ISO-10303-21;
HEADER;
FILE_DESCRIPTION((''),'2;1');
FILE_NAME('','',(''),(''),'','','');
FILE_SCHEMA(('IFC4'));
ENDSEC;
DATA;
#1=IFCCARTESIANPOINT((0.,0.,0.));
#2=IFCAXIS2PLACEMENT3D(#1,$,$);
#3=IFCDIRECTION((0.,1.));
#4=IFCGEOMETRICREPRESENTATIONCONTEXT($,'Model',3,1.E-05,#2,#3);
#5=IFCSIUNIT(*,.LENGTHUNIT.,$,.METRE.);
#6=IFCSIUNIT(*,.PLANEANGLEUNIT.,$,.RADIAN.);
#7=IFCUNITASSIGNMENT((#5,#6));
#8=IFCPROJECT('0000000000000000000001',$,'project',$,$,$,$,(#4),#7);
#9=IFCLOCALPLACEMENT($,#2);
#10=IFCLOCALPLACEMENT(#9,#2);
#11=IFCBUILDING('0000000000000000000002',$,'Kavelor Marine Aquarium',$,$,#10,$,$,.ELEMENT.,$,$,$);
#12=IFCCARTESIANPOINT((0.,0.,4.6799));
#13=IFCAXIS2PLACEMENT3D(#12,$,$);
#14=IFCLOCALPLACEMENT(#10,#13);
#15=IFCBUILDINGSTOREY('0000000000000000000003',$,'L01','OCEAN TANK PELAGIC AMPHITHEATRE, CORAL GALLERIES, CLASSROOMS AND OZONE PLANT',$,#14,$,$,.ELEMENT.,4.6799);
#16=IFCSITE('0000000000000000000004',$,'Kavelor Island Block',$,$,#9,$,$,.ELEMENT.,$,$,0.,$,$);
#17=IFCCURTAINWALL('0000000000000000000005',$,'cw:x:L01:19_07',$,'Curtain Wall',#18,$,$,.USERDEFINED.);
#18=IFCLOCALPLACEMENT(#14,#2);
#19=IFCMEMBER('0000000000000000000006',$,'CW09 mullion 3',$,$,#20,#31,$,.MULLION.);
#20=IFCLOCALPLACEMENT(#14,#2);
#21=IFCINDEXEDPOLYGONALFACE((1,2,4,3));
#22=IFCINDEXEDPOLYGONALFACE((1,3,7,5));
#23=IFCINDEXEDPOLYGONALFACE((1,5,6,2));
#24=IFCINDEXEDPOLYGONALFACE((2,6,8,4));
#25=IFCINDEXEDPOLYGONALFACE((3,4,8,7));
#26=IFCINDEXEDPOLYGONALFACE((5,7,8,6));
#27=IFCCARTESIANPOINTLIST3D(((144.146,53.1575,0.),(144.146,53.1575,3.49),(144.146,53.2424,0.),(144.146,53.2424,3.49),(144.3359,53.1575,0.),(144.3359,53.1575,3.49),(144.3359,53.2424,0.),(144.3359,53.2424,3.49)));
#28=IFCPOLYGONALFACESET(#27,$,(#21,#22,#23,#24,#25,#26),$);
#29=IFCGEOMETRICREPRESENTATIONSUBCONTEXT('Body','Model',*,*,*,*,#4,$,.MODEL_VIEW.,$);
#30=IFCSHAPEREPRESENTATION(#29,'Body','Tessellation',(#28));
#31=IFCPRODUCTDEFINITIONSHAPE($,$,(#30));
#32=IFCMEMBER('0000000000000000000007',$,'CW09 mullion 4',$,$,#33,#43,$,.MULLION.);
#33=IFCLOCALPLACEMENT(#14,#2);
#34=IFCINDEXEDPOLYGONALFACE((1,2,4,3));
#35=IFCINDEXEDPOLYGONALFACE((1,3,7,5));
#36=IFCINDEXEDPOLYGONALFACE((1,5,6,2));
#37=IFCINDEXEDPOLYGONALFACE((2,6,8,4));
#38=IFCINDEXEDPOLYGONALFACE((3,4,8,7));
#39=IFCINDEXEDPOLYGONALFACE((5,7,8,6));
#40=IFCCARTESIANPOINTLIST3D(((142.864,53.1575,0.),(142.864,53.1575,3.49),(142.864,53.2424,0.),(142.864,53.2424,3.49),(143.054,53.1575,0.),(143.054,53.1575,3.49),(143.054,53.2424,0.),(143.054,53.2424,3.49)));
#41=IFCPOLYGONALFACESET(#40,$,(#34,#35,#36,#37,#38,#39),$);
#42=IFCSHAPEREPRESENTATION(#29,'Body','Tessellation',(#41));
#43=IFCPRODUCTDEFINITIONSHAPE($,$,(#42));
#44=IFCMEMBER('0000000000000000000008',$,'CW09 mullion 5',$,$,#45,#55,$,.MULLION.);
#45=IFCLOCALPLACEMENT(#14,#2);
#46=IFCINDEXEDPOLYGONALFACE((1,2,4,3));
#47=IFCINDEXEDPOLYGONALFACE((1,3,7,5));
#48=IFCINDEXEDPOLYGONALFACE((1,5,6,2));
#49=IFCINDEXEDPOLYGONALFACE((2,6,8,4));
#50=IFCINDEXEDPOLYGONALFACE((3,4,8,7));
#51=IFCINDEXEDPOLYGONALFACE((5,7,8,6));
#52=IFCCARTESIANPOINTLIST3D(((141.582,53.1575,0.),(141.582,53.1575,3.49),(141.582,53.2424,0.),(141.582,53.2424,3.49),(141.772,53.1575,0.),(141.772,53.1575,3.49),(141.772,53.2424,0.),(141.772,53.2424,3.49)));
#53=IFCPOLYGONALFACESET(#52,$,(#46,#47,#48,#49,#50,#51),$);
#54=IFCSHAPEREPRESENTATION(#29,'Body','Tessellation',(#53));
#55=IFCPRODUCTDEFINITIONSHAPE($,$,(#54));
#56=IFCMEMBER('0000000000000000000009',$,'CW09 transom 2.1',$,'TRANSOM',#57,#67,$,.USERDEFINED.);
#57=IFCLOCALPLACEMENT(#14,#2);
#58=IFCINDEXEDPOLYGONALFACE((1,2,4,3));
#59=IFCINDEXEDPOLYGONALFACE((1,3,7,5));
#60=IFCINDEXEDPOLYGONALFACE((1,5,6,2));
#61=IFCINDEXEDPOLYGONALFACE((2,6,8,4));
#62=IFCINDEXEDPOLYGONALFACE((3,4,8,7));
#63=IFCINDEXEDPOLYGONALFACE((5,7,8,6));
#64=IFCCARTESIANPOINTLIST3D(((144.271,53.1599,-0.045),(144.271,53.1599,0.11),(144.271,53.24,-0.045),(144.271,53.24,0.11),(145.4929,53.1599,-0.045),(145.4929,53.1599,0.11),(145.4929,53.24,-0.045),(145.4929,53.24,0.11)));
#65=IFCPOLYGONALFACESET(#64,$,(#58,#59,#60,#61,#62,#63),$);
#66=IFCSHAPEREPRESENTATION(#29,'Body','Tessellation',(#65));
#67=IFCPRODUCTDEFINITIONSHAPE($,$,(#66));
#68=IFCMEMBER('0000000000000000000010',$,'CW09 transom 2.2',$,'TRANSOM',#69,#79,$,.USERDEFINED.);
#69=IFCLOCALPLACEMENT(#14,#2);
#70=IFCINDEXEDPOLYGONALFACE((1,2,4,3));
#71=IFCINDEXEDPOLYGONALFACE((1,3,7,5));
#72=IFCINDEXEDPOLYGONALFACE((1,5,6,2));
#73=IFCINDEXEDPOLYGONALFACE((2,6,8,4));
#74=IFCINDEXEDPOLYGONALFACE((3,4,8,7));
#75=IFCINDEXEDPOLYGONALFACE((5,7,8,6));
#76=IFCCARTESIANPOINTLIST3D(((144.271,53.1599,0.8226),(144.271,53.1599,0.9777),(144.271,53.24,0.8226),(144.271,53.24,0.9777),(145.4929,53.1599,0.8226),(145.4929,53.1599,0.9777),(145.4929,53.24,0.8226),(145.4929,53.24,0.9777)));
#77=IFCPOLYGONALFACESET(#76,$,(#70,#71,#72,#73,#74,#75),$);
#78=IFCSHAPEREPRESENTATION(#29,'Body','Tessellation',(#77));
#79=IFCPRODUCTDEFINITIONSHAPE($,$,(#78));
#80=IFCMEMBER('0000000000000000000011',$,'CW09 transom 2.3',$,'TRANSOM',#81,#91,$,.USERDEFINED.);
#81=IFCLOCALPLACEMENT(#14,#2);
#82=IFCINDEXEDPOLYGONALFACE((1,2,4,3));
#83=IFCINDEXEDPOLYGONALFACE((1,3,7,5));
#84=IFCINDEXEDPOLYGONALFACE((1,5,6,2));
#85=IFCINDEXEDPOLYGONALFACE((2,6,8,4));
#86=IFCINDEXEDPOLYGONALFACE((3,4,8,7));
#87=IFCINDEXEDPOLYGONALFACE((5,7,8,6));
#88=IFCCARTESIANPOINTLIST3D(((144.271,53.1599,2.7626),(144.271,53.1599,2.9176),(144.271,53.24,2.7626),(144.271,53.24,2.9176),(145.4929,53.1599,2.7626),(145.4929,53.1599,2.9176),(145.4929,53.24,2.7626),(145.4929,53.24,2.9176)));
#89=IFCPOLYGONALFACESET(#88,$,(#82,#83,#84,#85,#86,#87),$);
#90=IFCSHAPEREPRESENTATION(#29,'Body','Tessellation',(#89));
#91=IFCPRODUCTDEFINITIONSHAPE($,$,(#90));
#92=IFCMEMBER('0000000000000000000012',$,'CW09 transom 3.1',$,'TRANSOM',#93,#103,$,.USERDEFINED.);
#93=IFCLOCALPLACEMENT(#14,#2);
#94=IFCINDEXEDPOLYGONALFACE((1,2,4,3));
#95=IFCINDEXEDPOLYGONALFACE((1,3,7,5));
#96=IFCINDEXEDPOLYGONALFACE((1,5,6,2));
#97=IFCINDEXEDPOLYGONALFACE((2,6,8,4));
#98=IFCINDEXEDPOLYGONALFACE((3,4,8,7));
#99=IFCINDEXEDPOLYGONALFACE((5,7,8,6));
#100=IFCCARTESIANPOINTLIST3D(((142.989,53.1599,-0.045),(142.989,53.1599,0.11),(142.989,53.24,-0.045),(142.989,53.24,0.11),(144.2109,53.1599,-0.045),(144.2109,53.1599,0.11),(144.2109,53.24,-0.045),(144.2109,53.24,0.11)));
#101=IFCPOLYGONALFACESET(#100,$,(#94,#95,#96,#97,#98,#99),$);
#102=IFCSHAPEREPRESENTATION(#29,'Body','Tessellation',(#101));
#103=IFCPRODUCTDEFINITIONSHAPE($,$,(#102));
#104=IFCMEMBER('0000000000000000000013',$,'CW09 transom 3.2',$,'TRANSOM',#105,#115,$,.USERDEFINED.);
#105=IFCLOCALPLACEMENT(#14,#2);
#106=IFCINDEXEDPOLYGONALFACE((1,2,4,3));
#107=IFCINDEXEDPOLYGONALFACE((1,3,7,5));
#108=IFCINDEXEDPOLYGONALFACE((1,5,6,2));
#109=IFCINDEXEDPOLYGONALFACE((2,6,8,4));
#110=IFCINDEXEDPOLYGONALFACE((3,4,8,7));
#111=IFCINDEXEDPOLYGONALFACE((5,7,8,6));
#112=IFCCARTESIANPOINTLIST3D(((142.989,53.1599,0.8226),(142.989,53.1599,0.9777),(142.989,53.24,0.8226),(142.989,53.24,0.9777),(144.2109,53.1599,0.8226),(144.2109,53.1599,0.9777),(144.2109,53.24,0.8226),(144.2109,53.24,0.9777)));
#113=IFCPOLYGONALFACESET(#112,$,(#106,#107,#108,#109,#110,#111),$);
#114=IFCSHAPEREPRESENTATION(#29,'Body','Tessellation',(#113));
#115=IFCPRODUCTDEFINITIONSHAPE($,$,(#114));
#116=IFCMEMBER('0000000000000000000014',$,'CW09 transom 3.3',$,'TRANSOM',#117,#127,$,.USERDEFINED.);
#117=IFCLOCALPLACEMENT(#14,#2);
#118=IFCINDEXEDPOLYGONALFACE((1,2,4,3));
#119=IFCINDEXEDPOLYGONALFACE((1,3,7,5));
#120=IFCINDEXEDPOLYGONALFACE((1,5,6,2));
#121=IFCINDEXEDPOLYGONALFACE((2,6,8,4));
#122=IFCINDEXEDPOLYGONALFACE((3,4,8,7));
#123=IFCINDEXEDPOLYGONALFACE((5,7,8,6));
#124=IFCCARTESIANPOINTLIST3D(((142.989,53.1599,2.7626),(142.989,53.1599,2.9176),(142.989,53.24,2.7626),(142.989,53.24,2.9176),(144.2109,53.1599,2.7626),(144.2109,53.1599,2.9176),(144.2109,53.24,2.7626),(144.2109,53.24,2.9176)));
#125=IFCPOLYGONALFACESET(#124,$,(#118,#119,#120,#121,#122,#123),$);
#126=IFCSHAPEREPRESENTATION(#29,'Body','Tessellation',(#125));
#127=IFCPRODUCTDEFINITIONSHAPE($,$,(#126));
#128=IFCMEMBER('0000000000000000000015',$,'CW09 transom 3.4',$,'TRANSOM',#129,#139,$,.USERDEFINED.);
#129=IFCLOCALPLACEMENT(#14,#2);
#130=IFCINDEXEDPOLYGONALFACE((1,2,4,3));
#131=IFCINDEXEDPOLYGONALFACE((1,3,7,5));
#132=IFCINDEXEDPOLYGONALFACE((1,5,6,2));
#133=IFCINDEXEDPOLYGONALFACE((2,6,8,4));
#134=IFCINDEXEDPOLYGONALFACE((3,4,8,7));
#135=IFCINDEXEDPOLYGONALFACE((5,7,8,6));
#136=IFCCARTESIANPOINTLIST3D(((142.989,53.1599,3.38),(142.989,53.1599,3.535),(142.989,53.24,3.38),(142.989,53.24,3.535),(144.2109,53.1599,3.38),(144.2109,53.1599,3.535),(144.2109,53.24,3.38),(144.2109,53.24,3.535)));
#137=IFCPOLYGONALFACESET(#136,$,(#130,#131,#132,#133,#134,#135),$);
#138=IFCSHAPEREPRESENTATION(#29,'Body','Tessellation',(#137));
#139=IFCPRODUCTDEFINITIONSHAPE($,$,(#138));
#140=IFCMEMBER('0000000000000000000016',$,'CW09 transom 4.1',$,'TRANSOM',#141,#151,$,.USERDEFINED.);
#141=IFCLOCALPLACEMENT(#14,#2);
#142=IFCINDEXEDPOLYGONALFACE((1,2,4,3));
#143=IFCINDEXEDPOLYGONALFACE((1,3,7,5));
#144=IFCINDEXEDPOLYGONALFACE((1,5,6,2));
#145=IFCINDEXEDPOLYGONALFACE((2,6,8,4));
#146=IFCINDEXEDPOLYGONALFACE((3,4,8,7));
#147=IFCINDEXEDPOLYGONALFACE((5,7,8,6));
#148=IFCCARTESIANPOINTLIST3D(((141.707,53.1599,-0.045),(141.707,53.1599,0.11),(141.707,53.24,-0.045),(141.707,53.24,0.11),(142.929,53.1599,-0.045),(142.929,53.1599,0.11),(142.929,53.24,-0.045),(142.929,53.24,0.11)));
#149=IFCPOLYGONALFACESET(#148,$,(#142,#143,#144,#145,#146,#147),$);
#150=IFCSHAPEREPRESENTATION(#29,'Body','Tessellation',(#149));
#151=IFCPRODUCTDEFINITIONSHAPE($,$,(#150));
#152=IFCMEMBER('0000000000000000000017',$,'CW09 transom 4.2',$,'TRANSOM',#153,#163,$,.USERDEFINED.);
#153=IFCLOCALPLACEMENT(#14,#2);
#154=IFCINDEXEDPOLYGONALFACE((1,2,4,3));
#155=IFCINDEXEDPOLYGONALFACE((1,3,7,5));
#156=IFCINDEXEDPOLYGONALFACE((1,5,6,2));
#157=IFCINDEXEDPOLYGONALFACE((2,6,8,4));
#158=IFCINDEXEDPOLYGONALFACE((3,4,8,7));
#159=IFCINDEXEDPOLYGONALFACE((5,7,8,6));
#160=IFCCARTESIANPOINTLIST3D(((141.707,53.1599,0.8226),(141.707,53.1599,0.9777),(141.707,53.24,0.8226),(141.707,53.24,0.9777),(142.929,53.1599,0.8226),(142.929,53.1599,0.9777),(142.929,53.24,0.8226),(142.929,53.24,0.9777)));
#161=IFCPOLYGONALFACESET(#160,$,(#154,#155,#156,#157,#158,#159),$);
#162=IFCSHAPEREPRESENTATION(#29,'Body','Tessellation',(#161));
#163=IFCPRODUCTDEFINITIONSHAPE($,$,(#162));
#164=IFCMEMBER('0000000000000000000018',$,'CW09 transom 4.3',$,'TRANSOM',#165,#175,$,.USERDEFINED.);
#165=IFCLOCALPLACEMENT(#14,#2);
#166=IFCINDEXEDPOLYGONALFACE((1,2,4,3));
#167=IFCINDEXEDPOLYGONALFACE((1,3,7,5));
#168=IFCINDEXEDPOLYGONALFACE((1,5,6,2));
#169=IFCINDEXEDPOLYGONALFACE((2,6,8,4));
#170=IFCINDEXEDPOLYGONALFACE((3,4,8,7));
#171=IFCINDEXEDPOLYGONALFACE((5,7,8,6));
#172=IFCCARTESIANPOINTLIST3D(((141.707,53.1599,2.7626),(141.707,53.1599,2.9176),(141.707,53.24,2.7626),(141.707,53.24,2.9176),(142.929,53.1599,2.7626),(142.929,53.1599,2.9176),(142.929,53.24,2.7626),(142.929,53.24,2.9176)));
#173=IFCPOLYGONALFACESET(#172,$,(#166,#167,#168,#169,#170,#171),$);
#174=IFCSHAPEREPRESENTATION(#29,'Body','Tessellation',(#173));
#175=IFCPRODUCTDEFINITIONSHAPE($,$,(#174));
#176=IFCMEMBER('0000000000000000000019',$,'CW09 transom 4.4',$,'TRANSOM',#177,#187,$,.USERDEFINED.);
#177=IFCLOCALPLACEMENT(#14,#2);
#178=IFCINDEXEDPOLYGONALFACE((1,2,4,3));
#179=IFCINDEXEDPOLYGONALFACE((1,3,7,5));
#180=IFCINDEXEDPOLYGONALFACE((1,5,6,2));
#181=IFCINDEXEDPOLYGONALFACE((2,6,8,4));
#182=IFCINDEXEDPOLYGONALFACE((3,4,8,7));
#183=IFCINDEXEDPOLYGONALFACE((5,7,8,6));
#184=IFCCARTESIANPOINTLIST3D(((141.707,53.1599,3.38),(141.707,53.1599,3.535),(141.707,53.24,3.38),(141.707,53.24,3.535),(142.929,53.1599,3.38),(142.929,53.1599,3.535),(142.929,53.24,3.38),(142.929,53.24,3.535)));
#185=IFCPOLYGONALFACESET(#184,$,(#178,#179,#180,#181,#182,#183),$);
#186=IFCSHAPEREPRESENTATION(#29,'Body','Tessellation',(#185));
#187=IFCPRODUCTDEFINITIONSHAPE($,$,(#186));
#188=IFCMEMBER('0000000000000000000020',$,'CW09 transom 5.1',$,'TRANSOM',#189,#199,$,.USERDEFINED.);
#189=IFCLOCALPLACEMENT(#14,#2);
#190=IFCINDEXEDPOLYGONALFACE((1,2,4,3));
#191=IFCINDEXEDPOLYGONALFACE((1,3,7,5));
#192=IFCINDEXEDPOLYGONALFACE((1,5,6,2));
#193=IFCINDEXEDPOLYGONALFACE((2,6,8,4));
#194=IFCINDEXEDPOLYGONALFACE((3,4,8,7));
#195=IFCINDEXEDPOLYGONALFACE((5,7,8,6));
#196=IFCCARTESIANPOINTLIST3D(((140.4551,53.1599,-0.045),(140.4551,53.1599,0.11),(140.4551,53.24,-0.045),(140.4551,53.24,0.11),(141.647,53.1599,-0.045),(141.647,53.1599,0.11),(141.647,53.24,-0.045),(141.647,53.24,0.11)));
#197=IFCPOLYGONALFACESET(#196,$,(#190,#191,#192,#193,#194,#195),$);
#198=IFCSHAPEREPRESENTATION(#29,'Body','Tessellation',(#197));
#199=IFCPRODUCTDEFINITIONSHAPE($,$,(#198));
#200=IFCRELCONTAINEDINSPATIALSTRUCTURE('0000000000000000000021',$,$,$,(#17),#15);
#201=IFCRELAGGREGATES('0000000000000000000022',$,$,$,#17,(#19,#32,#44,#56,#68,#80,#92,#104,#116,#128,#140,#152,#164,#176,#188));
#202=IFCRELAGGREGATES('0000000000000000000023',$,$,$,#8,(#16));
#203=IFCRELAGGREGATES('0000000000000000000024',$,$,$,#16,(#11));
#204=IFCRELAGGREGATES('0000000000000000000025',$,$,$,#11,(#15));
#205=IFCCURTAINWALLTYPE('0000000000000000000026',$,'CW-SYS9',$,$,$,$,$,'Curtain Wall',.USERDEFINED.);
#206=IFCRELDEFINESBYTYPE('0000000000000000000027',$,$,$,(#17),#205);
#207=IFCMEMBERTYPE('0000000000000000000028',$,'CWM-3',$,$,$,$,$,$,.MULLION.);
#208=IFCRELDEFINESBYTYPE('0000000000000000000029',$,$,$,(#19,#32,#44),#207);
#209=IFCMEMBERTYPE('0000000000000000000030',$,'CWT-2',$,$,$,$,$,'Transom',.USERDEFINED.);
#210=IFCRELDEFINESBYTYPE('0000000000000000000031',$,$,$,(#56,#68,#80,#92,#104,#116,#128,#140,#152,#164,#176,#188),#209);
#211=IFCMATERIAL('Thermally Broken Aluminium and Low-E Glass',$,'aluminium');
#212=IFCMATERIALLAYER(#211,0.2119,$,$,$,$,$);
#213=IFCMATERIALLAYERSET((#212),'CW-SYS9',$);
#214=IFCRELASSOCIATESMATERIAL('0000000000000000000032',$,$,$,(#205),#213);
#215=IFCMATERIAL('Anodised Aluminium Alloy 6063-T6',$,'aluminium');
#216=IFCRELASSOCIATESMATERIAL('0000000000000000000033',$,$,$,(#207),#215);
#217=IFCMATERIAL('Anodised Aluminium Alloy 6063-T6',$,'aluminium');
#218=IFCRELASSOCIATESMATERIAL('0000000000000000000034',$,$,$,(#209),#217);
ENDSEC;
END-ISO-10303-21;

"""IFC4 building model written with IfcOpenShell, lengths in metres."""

from ifc_helpers import new_model, si_unit, direction, frame, origin, origin_2d, place, context, subcontext, project, spatial, rectangle, extrude, material, layer, layer_set, material_profile, profile_set, type_object, element, aggregate, save


model = new_model("IFC4")

# Units and contexts
model_context = context("Model", 3, precision=1e-05, world=origin(), true_north=direction((0.0, 1.0)))
body_context = subcontext(model_context, "Body", "Model", "MODEL_VIEW")
ifc_project = project(units=[si_unit("LENGTHUNIT", "METRE"), si_unit("PLANEANGLEUNIT", "RADIAN")], contexts=[model_context])

# Site, building, storey
site_placement = place(None, origin())
site = spatial("IfcSite", under=ifc_project, at=site_placement, Name="Kavelor Island Block", CompositionType="ELEMENT", RefElevation=0.0)
building_placement = place(site_placement, origin())
building = spatial("IfcBuilding", under=site, at=building_placement, Name="Kavelor Marine Aquarium", CompositionType="ELEMENT")
storey_placement = place(building_placement, frame((0.0, 0.0, 4.6799)))
storey = spatial("IfcBuildingStorey", under=building, at=storey_placement, Name="L01", Description="OCEAN TANK PELAGIC AMPHITHEATRE, CORAL GALLERIES, CLASSROOMS AND OZONE PLANT", CompositionType="ELEMENT", Elevation=4.6799)

# Curtain wall, members
ifc_material_1 = material(Name="Thermally Broken Aluminium and Low-E Glass", Category="aluminium")
ifc_layer_1 = layer(ifc_material_1, 0.2119)
ifc_layer_set_1 = layer_set([ifc_layer_1], Name="CW-SYS9")
curtain_wall_type = type_object("IfcCurtainWallType", Name="CW-SYS9", ElementType="Curtain Wall", PredefinedType="USERDEFINED", material=ifc_layer_set_1)
curtain_wall_placement = place(storey_placement, origin())
curtain_wall = element("IfcCurtainWall", 1, at=curtain_wall_placement, inside=storey, type_object=curtain_wall_type, Name="cw:x:L01:19_07", ObjectType="Curtain Wall", PredefinedType="USERDEFINED")
ifc_material_2 = material(Name="Anodised Aluminium Alloy 6063-T6", Category="aluminium")
ifc_material_profile_1 = material_profile(ifc_material_2, rectangle(XDim=0.085, YDim=0.1899, at=origin_2d()), Name="CW-MUL 85x190")
ifc_profile_set_1 = profile_set([ifc_material_profile_1], Name="Anodised Aluminium Alloy 6063-T6")
member_type_1 = type_object("IfcMemberType", Name="CWM-3", PredefinedType="MULLION", material=ifc_profile_set_1)
member_1_placement = place(storey_placement, frame((144.241, 53.2, 0.0), z_axis=(0.0, 0.0, 1.0), x_axis=(0.0, -1.0, 0.0)))
member_1 = element("IfcMember", 2, at=member_1_placement, type_object=member_type_1, Name="CW09 mullion 3", PredefinedType="MULLION", context=body_context, shape_type="SweptSolid", body=[
    extrude(rectangle(XDim=0.085, YDim=0.1899, at=origin_2d()), origin(), (0.0, 0.0, 1.0), 3.49),
])
member_2_placement = place(storey_placement, frame((142.959, 53.2, 0.0), z_axis=(0.0, 0.0, 1.0), x_axis=(0.0, -1.0, 0.0)))
member_2 = element("IfcMember", 3, at=member_2_placement, type_object=member_type_1, Name="CW09 mullion 4", PredefinedType="MULLION", context=body_context, shape_type="SweptSolid", body=[
    extrude(rectangle(XDim=0.085, YDim=0.1899, at=origin_2d()), origin(), (0.0, 0.0, 1.0), 3.49),
])
member_3_placement = place(storey_placement, frame((141.677, 53.2, 0.0), z_axis=(0.0, 0.0, 1.0), x_axis=(0.0, -1.0, 0.0)))
member_3 = element("IfcMember", 4, at=member_3_placement, type_object=member_type_1, Name="CW09 mullion 5", PredefinedType="MULLION", context=body_context, shape_type="SweptSolid", body=[
    extrude(rectangle(XDim=0.085, YDim=0.1899, at=origin_2d()), origin(), (0.0, 0.0, 1.0), 3.49),
])
ifc_material_3 = material(Name="Anodised Aluminium Alloy 6063-T6", Category="aluminium")
ifc_material_profile_2 = material_profile(ifc_material_3, rectangle(XDim=0.0801, YDim=0.155, at=origin_2d()), Name="CW-TRN 80x155")
ifc_profile_set_2 = profile_set([ifc_material_profile_2], Name="Anodised Aluminium Alloy 6063-T6")
member_type_2 = type_object("IfcMemberType", Name="CWT-2", ElementType="Transom", PredefinedType="USERDEFINED", material=ifc_profile_set_2)
member_4_placement = place(storey_placement, frame((145.4929, 53.2, 0.0325), z_axis=(-1.0, 0.0, 0.0), x_axis=(0.0, -1.0, 0.0)))
member_4 = element("IfcMember", 5, at=member_4_placement, type_object=member_type_2, Name="CW09 transom 2.1", ObjectType="TRANSOM", PredefinedType="USERDEFINED", context=body_context, shape_type="SweptSolid", body=[
    extrude(rectangle(XDim=0.0801, YDim=0.155, at=origin_2d()), origin(), (0.0, 0.0, 1.0), 1.2219),
])
member_5_placement = place(storey_placement, frame((145.4929, 53.2, 0.9001), z_axis=(-1.0, 0.0, 0.0), x_axis=(0.0, -1.0, 0.0)))
member_5 = element("IfcMember", 6, at=member_5_placement, type_object=member_type_2, Name="CW09 transom 2.2", ObjectType="TRANSOM", PredefinedType="USERDEFINED", context=body_context, shape_type="SweptSolid", body=[
    extrude(rectangle(XDim=0.0801, YDim=0.155, at=origin_2d()), origin(), (0.0, 0.0, 1.0), 1.2219),
])
member_6_placement = place(storey_placement, frame((145.4929, 53.2, 2.8401), z_axis=(-1.0, 0.0, 0.0), x_axis=(0.0, -1.0, 0.0)))
member_6 = element("IfcMember", 7, at=member_6_placement, type_object=member_type_2, Name="CW09 transom 2.3", ObjectType="TRANSOM", PredefinedType="USERDEFINED", context=body_context, shape_type="SweptSolid", body=[
    extrude(rectangle(XDim=0.0801, YDim=0.155, at=origin_2d()), origin(), (0.0, 0.0, 1.0), 1.2219),
])
member_7_placement = place(storey_placement, frame((144.2109, 53.2, 0.0325), z_axis=(-1.0, 0.0, 0.0), x_axis=(0.0, -1.0, 0.0)))
member_7 = element("IfcMember", 8, at=member_7_placement, type_object=member_type_2, Name="CW09 transom 3.1", ObjectType="TRANSOM", PredefinedType="USERDEFINED", context=body_context, shape_type="SweptSolid", body=[
    extrude(rectangle(XDim=0.0801, YDim=0.155, at=origin_2d()), origin(), (0.0, 0.0, 1.0), 1.2219),
])
member_8_placement = place(storey_placement, frame((144.2109, 53.2, 0.9001), z_axis=(-1.0, 0.0, 0.0), x_axis=(0.0, -1.0, 0.0)))
member_8 = element("IfcMember", 9, at=member_8_placement, type_object=member_type_2, Name="CW09 transom 3.2", ObjectType="TRANSOM", PredefinedType="USERDEFINED", context=body_context, shape_type="SweptSolid", body=[
    extrude(rectangle(XDim=0.0801, YDim=0.155, at=origin_2d()), origin(), (0.0, 0.0, 1.0), 1.2219),
])
member_9_placement = place(storey_placement, frame((144.2109, 53.2, 2.8401), z_axis=(-1.0, 0.0, 0.0), x_axis=(0.0, -1.0, 0.0)))
member_9 = element("IfcMember", 10, at=member_9_placement, type_object=member_type_2, Name="CW09 transom 3.3", ObjectType="TRANSOM", PredefinedType="USERDEFINED", context=body_context, shape_type="SweptSolid", body=[
    extrude(rectangle(XDim=0.0801, YDim=0.155, at=origin_2d()), origin(), (0.0, 0.0, 1.0), 1.2219),
])
member_10_placement = place(storey_placement, frame((144.2109, 53.2, 3.4575), z_axis=(-1.0, 0.0, 0.0), x_axis=(0.0, -1.0, 0.0)))
member_10 = element("IfcMember", 11, at=member_10_placement, type_object=member_type_2, Name="CW09 transom 3.4", ObjectType="TRANSOM", PredefinedType="USERDEFINED", context=body_context, shape_type="SweptSolid", body=[
    extrude(rectangle(XDim=0.0801, YDim=0.155, at=origin_2d()), origin(), (0.0, 0.0, 1.0), 1.2219),
])
member_11_placement = place(storey_placement, frame((142.929, 53.2, 0.0325), z_axis=(-1.0, 0.0, 0.0), x_axis=(0.0, -1.0, 0.0)))
member_11 = element("IfcMember", 12, at=member_11_placement, type_object=member_type_2, Name="CW09 transom 4.1", ObjectType="TRANSOM", PredefinedType="USERDEFINED", context=body_context, shape_type="SweptSolid", body=[
    extrude(rectangle(XDim=0.0801, YDim=0.155, at=origin_2d()), origin(), (0.0, 0.0, 1.0), 1.2219),
])
member_12_placement = place(storey_placement, frame((142.929, 53.2, 0.9001), z_axis=(-1.0, 0.0, 0.0), x_axis=(0.0, -1.0, 0.0)))
member_12 = element("IfcMember", 13, at=member_12_placement, type_object=member_type_2, Name="CW09 transom 4.2", ObjectType="TRANSOM", PredefinedType="USERDEFINED", context=body_context, shape_type="SweptSolid", body=[
    extrude(rectangle(XDim=0.0801, YDim=0.155, at=origin_2d()), origin(), (0.0, 0.0, 1.0), 1.2219),
])
member_13_placement = place(storey_placement, frame((142.929, 53.2, 2.8401), z_axis=(-1.0, 0.0, 0.0), x_axis=(0.0, -1.0, 0.0)))
member_13 = element("IfcMember", 14, at=member_13_placement, type_object=member_type_2, Name="CW09 transom 4.3", ObjectType="TRANSOM", PredefinedType="USERDEFINED", context=body_context, shape_type="SweptSolid", body=[
    extrude(rectangle(XDim=0.0801, YDim=0.155, at=origin_2d()), origin(), (0.0, 0.0, 1.0), 1.2219),
])
member_14_placement = place(storey_placement, frame((142.929, 53.2, 3.4575), z_axis=(-1.0, 0.0, 0.0), x_axis=(0.0, -1.0, 0.0)))
member_14 = element("IfcMember", 15, at=member_14_placement, type_object=member_type_2, Name="CW09 transom 4.4", ObjectType="TRANSOM", PredefinedType="USERDEFINED", context=body_context, shape_type="SweptSolid", body=[
    extrude(rectangle(XDim=0.0801, YDim=0.155, at=origin_2d()), origin(), (0.0, 0.0, 1.0), 1.2219),
])
member_15_placement = place(storey_placement, frame((141.647, 53.2, 0.0325), z_axis=(-1.0, 0.0, 0.0), x_axis=(0.0, -1.0, 0.0)))
member_15 = element("IfcMember", 16, at=member_15_placement, type_object=member_type_2, Name="CW09 transom 5.1", ObjectType="TRANSOM", PredefinedType="USERDEFINED", context=body_context, shape_type="SweptSolid", body=[
    extrude(rectangle(XDim=0.0801, YDim=0.155, at=origin_2d()), origin(), (0.0, 0.0, 1.0), 1.1919),
])

aggregate(curtain_wall, [member_1, member_2, member_3, member_4, member_5, member_6, member_7, member_8, member_9, member_10, member_11, member_12, member_13, member_14, member_15])

save(model, "model.ifc")
